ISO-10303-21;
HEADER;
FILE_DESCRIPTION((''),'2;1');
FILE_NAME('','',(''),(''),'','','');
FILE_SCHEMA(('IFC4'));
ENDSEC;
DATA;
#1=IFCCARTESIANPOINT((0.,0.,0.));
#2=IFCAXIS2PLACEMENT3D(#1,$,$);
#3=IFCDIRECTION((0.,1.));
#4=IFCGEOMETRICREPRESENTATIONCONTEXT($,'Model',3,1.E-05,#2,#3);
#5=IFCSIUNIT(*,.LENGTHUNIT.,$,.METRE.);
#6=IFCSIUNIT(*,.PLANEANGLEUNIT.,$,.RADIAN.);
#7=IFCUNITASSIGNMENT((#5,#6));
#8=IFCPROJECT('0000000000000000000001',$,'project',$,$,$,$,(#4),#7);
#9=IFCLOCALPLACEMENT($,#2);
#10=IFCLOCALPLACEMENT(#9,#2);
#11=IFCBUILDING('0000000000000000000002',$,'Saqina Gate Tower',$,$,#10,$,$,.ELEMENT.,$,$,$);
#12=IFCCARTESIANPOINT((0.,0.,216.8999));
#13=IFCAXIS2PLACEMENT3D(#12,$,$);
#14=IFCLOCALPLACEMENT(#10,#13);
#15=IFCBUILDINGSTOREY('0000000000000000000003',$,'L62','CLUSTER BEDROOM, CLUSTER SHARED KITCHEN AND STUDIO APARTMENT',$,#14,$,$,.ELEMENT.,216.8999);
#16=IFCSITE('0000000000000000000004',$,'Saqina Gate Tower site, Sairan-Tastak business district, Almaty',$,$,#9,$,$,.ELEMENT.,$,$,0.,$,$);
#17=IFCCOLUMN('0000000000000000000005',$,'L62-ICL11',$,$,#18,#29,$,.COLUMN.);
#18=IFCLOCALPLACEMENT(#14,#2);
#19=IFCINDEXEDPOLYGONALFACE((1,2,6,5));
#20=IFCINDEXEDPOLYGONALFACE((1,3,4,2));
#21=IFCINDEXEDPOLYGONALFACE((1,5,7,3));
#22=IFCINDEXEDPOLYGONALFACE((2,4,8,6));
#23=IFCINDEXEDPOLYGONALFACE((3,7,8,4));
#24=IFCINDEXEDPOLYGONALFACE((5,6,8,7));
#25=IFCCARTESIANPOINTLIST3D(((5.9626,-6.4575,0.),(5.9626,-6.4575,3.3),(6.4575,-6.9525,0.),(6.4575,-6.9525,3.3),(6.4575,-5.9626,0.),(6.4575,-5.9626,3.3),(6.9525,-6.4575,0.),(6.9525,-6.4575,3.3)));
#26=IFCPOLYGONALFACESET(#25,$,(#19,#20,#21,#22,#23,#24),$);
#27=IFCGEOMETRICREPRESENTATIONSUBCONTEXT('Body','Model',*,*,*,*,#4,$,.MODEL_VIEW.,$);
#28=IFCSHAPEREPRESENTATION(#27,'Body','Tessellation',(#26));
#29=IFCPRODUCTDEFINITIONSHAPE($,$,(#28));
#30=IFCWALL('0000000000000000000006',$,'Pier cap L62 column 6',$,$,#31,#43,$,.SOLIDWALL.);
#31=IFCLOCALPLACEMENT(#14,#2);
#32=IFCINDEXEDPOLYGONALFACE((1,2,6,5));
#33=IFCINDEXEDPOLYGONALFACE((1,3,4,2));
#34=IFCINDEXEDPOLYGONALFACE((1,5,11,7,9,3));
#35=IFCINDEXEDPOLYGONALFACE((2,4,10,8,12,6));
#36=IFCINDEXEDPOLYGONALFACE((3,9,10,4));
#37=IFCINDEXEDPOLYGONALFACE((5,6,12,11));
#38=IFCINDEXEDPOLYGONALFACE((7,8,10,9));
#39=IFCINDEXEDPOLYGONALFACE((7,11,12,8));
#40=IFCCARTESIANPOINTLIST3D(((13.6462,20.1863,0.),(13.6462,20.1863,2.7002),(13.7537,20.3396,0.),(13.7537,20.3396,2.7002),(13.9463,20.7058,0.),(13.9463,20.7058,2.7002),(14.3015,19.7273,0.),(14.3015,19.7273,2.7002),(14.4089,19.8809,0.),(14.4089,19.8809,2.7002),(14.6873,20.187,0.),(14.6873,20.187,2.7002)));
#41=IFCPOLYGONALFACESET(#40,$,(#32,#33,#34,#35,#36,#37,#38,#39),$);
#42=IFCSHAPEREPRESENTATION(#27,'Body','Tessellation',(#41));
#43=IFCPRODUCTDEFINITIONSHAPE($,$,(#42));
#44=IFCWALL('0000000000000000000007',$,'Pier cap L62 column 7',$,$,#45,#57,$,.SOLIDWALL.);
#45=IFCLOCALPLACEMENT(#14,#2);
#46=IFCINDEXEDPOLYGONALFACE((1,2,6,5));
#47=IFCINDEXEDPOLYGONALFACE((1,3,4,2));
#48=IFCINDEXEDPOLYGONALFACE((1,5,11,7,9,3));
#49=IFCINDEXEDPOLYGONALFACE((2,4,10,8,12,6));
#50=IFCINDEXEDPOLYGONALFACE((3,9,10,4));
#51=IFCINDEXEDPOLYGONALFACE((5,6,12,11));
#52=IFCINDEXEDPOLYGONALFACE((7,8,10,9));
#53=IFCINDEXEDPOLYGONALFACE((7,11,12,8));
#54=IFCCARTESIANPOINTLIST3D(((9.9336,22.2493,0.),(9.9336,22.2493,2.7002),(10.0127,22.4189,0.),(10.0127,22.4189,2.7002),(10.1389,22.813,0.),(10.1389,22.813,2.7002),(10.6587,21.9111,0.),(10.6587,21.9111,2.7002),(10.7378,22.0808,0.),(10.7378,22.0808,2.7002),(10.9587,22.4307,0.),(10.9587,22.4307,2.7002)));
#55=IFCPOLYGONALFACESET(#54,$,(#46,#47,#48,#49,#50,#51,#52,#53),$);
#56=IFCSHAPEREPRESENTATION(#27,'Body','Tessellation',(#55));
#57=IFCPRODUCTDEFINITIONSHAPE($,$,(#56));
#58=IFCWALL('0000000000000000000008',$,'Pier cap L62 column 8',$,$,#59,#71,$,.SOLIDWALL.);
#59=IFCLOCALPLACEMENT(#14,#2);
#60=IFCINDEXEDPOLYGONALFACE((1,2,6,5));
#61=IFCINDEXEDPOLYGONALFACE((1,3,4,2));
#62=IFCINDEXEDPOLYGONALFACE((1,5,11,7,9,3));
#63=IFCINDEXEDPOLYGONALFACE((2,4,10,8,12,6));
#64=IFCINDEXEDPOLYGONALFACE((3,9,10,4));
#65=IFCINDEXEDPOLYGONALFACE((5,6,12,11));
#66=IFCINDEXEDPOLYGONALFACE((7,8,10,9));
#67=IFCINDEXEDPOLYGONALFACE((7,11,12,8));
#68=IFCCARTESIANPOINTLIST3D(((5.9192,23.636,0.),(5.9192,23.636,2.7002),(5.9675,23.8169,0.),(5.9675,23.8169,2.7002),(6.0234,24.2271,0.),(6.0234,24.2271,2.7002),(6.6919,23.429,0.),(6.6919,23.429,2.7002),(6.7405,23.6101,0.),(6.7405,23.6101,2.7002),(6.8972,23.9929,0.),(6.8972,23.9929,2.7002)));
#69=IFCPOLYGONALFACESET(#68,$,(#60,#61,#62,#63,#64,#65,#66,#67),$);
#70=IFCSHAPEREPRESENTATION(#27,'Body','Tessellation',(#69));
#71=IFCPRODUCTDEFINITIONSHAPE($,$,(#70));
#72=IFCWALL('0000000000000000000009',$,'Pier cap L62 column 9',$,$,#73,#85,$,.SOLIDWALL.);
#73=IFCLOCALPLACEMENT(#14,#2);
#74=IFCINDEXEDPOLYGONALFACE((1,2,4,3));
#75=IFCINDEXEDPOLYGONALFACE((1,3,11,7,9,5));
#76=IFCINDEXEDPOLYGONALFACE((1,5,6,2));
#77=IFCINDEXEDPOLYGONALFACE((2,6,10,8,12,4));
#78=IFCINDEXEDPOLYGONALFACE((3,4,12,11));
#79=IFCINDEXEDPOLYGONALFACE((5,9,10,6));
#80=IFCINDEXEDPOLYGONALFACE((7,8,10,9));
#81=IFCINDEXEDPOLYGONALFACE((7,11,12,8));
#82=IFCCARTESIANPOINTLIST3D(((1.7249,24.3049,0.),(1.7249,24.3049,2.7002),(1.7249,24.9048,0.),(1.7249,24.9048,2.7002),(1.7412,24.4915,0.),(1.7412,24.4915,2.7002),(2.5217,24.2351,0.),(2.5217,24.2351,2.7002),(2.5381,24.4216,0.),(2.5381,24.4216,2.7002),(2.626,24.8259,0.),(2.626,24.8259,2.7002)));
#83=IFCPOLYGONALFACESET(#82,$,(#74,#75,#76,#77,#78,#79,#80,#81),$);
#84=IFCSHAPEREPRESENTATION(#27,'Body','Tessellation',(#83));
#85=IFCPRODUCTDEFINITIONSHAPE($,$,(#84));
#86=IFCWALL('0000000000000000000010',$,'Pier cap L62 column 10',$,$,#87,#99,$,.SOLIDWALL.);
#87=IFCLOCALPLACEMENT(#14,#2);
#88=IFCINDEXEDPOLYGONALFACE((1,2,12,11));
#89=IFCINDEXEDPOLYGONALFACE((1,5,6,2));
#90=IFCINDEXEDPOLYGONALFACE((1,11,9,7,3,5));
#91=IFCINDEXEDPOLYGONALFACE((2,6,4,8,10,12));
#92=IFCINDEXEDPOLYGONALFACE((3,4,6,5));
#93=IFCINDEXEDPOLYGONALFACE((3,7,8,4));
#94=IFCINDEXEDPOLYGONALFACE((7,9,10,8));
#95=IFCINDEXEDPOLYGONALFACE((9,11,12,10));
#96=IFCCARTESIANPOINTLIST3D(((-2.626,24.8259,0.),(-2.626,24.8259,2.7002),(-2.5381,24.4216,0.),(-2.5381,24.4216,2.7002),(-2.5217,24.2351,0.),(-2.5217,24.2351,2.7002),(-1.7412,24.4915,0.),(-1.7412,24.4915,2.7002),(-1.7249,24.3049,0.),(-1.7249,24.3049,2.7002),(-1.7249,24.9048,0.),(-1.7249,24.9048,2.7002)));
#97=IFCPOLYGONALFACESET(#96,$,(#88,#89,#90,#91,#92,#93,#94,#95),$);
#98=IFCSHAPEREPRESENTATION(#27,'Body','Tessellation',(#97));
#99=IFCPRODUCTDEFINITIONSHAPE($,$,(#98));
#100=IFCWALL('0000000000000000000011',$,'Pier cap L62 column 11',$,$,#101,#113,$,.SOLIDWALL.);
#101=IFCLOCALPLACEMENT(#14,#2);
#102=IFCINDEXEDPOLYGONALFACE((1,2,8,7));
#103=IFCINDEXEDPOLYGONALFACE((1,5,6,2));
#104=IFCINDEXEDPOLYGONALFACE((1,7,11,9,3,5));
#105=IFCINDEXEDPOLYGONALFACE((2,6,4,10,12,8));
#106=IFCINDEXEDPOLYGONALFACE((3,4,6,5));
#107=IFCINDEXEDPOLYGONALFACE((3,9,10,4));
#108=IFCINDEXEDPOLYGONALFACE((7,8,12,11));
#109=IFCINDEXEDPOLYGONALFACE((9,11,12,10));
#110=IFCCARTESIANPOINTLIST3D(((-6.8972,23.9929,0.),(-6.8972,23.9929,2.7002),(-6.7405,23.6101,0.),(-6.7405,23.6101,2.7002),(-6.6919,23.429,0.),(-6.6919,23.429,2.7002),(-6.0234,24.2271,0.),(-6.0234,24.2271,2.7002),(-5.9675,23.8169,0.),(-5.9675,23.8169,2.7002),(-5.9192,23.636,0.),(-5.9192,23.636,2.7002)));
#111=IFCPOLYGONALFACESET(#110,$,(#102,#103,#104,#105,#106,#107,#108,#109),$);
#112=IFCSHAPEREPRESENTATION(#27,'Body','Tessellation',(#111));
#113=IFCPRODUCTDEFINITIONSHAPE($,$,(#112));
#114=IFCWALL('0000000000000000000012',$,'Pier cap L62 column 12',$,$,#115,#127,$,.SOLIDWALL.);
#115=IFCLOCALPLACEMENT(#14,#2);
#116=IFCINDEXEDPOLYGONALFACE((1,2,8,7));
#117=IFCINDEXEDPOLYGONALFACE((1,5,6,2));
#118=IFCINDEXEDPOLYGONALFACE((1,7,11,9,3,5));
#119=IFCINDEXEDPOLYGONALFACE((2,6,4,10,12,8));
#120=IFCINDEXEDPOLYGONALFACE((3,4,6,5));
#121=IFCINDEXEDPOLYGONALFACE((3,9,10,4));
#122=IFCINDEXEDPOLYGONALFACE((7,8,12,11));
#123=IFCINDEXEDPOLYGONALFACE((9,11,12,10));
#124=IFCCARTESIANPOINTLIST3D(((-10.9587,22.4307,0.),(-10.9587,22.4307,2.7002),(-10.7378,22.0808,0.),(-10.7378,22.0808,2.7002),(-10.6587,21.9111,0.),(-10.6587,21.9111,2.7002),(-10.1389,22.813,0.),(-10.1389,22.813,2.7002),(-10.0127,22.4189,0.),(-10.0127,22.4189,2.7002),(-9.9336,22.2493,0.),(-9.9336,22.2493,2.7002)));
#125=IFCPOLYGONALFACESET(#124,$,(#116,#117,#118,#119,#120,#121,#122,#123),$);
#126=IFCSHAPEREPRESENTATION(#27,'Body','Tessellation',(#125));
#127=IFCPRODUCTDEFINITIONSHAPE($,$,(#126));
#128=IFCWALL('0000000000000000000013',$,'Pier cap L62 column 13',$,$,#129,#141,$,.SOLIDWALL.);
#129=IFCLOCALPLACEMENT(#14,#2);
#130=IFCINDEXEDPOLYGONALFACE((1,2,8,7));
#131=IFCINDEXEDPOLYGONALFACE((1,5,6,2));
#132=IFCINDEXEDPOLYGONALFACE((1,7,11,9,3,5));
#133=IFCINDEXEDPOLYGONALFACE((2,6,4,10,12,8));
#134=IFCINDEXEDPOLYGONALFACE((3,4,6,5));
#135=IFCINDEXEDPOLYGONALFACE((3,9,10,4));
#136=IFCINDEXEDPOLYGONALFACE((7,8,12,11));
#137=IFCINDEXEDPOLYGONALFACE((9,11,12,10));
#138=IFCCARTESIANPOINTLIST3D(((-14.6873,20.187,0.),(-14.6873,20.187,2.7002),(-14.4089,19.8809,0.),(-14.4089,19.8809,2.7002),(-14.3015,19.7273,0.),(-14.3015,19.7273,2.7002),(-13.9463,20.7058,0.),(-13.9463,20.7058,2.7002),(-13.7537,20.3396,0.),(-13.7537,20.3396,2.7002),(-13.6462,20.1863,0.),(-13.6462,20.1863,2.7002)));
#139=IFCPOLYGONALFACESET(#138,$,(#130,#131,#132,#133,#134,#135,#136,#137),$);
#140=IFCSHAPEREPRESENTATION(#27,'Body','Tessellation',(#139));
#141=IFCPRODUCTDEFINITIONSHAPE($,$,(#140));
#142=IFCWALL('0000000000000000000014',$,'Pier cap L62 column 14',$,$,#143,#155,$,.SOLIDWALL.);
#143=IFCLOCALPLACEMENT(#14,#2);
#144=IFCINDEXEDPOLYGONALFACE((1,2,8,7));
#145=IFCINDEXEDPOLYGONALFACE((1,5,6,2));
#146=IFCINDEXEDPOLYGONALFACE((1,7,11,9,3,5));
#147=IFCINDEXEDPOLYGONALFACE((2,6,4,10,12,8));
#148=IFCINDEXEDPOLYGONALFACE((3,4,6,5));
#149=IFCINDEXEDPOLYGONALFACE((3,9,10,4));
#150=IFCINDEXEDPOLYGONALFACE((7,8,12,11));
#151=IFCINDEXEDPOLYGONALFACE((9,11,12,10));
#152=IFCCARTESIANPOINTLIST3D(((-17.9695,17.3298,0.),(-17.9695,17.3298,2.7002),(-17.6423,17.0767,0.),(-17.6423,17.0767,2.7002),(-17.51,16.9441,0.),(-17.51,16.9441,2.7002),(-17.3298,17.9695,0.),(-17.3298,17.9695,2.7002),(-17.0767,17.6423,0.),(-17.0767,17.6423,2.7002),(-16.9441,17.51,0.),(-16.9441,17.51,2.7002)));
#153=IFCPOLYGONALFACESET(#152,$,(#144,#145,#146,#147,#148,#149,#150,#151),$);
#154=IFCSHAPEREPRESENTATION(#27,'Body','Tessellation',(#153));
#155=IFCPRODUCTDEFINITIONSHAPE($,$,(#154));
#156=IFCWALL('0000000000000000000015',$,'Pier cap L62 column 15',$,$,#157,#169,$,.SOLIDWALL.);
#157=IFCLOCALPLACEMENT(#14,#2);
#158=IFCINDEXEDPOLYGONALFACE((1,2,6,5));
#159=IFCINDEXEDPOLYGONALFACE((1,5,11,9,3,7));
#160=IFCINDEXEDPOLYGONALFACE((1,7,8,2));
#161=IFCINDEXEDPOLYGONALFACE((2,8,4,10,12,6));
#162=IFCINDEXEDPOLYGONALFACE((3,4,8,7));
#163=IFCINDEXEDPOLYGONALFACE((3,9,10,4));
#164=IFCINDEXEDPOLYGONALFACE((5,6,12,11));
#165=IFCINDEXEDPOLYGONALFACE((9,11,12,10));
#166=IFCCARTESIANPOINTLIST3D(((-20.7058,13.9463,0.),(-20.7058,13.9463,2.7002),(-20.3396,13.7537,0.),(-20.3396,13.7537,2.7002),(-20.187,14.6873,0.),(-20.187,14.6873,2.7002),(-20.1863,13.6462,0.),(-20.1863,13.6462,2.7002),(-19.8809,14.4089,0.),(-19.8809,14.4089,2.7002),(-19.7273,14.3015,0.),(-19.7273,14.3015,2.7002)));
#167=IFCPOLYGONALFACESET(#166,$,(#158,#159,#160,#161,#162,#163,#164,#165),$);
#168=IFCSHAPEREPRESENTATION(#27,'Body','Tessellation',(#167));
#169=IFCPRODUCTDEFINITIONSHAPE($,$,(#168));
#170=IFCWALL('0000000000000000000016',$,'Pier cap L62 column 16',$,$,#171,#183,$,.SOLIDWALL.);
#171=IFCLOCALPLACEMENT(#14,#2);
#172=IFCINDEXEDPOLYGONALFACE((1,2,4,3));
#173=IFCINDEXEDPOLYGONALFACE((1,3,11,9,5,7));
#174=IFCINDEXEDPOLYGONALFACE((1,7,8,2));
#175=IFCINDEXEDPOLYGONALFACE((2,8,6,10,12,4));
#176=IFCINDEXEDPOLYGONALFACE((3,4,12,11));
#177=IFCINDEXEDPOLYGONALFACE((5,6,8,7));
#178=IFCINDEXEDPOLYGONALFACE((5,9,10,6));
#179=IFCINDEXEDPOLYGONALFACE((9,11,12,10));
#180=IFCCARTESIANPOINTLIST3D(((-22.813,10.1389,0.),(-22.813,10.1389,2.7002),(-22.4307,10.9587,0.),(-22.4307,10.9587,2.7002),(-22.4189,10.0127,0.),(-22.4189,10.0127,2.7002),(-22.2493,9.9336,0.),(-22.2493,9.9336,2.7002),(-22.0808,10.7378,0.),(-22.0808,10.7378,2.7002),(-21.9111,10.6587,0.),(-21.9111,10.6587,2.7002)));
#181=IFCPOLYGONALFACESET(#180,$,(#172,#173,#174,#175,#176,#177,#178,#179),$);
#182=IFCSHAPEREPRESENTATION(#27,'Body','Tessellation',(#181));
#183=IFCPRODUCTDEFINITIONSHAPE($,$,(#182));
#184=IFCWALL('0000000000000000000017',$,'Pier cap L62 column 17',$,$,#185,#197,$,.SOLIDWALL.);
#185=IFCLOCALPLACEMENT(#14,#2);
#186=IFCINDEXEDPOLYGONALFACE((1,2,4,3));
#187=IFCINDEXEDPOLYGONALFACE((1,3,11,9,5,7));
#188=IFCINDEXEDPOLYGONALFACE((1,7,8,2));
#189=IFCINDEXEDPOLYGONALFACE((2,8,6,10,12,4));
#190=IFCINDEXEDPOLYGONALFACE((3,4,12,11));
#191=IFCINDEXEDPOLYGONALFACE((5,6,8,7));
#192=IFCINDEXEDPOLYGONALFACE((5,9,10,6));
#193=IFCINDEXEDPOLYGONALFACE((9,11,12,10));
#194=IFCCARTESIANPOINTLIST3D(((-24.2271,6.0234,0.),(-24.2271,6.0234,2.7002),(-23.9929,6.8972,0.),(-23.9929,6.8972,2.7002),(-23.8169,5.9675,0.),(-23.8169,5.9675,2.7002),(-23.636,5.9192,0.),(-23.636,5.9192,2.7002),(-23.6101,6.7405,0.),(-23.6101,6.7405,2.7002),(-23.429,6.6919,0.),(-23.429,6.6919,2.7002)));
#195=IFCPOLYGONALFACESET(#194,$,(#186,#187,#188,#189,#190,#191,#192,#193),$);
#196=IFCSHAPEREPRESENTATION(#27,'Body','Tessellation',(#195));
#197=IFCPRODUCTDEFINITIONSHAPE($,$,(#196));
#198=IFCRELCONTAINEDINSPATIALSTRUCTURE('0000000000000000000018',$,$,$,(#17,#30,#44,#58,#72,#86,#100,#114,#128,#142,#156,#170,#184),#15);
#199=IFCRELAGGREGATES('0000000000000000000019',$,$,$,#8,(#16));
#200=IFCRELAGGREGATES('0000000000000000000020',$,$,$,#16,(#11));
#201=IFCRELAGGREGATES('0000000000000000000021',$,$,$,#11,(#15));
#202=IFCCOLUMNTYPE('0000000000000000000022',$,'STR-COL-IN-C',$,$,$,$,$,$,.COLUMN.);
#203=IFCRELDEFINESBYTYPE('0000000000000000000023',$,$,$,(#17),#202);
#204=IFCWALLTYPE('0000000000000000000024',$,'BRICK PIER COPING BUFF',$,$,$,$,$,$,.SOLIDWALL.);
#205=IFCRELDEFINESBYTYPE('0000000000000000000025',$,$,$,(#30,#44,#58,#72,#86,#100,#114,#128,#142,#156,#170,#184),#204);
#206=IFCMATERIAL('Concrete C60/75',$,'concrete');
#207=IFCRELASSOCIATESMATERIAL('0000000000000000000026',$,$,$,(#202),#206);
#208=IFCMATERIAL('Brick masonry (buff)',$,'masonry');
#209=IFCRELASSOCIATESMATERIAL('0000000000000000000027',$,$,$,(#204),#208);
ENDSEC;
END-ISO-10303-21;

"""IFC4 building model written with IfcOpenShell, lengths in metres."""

from ifc_helpers import new_model, si_unit, direction, frame, origin, origin_2d, place, context, subcontext, project, spatial, polyline, rectangle, outline, extrude, material, material_profile, profile_set, type_object, element, save


model = new_model("IFC4")

# Units and contexts
model_context = context("Model", 3, precision=1e-05, world=origin(), true_north=direction((0.0, 1.0)))
body_context = subcontext(model_context, "Body", "Model", "MODEL_VIEW")
ifc_project = project(units=[si_unit("LENGTHUNIT", "METRE"), si_unit("PLANEANGLEUNIT", "RADIAN")], contexts=[model_context])

# Site, building, storey
site_placement = place(None, origin())
site = spatial("IfcSite", under=ifc_project, at=site_placement, Name="Saqina Gate Tower site, Sairan-Tastak business district, Almaty", CompositionType="ELEMENT", RefElevation=0.0)
building_placement = place(site_placement, origin())
building = spatial("IfcBuilding", under=site, at=building_placement, Name="Saqina Gate Tower", CompositionType="ELEMENT")
storey_placement = place(building_placement, frame((0.0, 0.0, 216.8999)))
storey = spatial("IfcBuildingStorey", under=building, at=storey_placement, Name="L62", Description="CLUSTER BEDROOM, CLUSTER SHARED KITCHEN AND STUDIO APARTMENT", CompositionType="ELEMENT", Elevation=216.8999)

# Column
ifc_material_1 = material(Name="Concrete C60/75", Category="concrete")
ifc_material_profile = material_profile(ifc_material_1, rectangle(XDim=0.7, YDim=0.7, at=origin_2d()), Name="RC 700x700")
ifc_profile_set = profile_set([ifc_material_profile], Name="Concrete C60/75")
column_type = type_object("IfcColumnType", Name="STR-COL-IN-C", PredefinedType="COLUMN", material=ifc_profile_set)
column_placement = place(storey_placement, frame((6.4575, -6.4575, 0.0), z_axis=(0.0, 0.0, 1.0), x_axis=(0.707107, -0.707107, 0.0)))
element("IfcColumn", 1, at=column_placement, inside=storey, type_object=column_type, Name="L62-ICL11", PredefinedType="COLUMN", context=body_context, shape_type="SweptSolid", body=[
    extrude(rectangle(XDim=0.7, YDim=0.7, at=origin_2d()), origin(), (0.0, 0.0, 1.0), 3.3),
])

# Walls
ifc_material_2 = material(Name="Brick masonry (buff)", Category="masonry")
wall_type_1 = type_object("IfcWallType", Name="BRICK PIER COPING BUFF", PredefinedType="SOLIDWALL", material=ifc_material_2)
wall_1_placement = place(storey_placement, origin())
element("IfcWall", 2, at=wall_1_placement, inside=storey, type_object=wall_type_1, Name="Pier cap L62 column 6", PredefinedType="SOLIDWALL", context=body_context, shape_type="SweptSolid", body=[
    extrude(outline(polyline([(14.6873, 20.187), (13.9463, 20.7058), (13.6462, 20.1863), (13.7537, 20.3396), (14.4089, 19.8809), (14.3015, 19.7273), (14.6873, 20.187)])), origin(), (0.0, 0.0, 1.0), 2.7002),
])
wall_2_placement = place(storey_placement, origin())
element("IfcWall", 3, at=wall_2_placement, inside=storey, type_object=wall_type_1, Name="Pier cap L62 column 7", PredefinedType="SOLIDWALL", context=body_context, shape_type="SweptSolid", body=[
    extrude(outline(polyline([(10.1389, 22.813), (9.9336, 22.2493), (10.0127, 22.4189), (10.7378, 22.0808), (10.6587, 21.9111), (10.9587, 22.4307), (10.1389, 22.813)])), origin(), (0.0, 0.0, 1.0), 2.7002),
])
wall_3_placement = place(storey_placement, origin())
element("IfcWall", 4, at=wall_3_placement, inside=storey, type_object=wall_type_1, Name="Pier cap L62 column 8", PredefinedType="SOLIDWALL", context=body_context, shape_type="SweptSolid", body=[
    extrude(outline(polyline([(6.0234, 24.2271), (5.9192, 23.636), (5.9675, 23.8169), (6.7405, 23.6101), (6.6919, 23.429), (6.8972, 23.9929), (6.0234, 24.2271)])), origin(), (0.0, 0.0, 1.0), 2.7002),
])
wall_4_placement = place(storey_placement, origin())
element("IfcWall", 5, at=wall_4_placement, inside=storey, type_object=wall_type_1, Name="Pier cap L62 column 9", PredefinedType="SOLIDWALL", context=body_context, shape_type="SweptSolid", body=[
    extrude(outline(polyline([(2.626, 24.8259), (1.7249, 24.9048), (1.7249, 24.3049), (1.7412, 24.4915), (2.5381, 24.4216), (2.5217, 24.2351), (2.626, 24.8259)])), origin(), (0.0, 0.0, 1.0), 2.7002),
])
wall_5_placement = place(storey_placement, origin())
element("IfcWall", 6, at=wall_5_placement, inside=storey, type_object=wall_type_1, Name="Pier cap L62 column 10", PredefinedType="SOLIDWALL", context=body_context, shape_type="SweptSolid", body=[
    extrude(outline(polyline([(-1.7249, 24.9048), (-2.626, 24.8259), (-2.5217, 24.2351), (-2.5381, 24.4216), (-1.7412, 24.4915), (-1.7249, 24.3049), (-1.7249, 24.9048)])), origin(), (0.0, 0.0, 1.0), 2.7002),
])
wall_6_placement = place(storey_placement, origin())
element("IfcWall", 7, at=wall_6_placement, inside=storey, type_object=wall_type_1, Name="Pier cap L62 column 11", PredefinedType="SOLIDWALL", context=body_context, shape_type="SweptSolid", body=[
    extrude(outline(polyline([(-6.0234, 24.2271), (-6.8972, 23.9929), (-6.6919, 23.429), (-6.7405, 23.6101), (-5.9675, 23.8169), (-5.9192, 23.636), (-6.0234, 24.2271)])), origin(), (0.0, 0.0, 1.0), 2.7002),
])
wall_7_placement = place(storey_placement, origin())
element("IfcWall", 8, at=wall_7_placement, inside=storey, type_object=wall_type_1, Name="Pier cap L62 column 12", PredefinedType="SOLIDWALL", context=body_context, shape_type="SweptSolid", body=[
    extrude(outline(polyline([(-10.9587, 22.4307), (-10.6587, 21.9111), (-10.7378, 22.0808), (-10.0127, 22.4189), (-9.9336, 22.2493), (-10.1389, 22.813), (-10.9587, 22.4307)])), origin(), (0.0, 0.0, 1.0), 2.7002),
])
wall_8_placement = place(storey_placement, origin())
element("IfcWall", 9, at=wall_8_placement, inside=storey, type_object=wall_type_1, Name="Pier cap L62 column 13", PredefinedType="SOLIDWALL", context=body_context, shape_type="SweptSolid", body=[
    extrude(outline(polyline([(-13.9463, 20.7058), (-14.6873, 20.187), (-14.3015, 19.7273), (-14.4089, 19.8809), (-13.7537, 20.3396), (-13.6462, 20.1863), (-13.9463, 20.7058)])), origin(), (0.0, 0.0, 1.0), 2.7002),
])
wall_9_placement = place(storey_placement, origin())
element("IfcWall", 10, at=wall_9_placement, inside=storey, type_object=wall_type_1, Name="Pier cap L62 column 14", PredefinedType="SOLIDWALL", context=body_context, shape_type="SweptSolid", body=[
    extrude(outline(polyline([(-17.9695, 17.3298), (-17.51, 16.9441), (-17.6423, 17.0767), (-17.0767, 17.6423), (-16.9441, 17.51), (-17.3298, 17.9695), (-17.9695, 17.3298)])), origin(), (0.0, 0.0, 1.0), 2.7002),
])
wall_10_placement = place(storey_placement, origin())
element("IfcWall", 11, at=wall_10_placement, inside=storey, type_object=wall_type_1, Name="Pier cap L62 column 15", PredefinedType="SOLIDWALL", context=body_context, shape_type="SweptSolid", body=[
    extrude(outline(polyline([(-20.187, 14.6873), (-20.7058, 13.9463), (-20.1863, 13.6462), (-20.3396, 13.7537), (-19.8809, 14.4089), (-19.7273, 14.3015), (-20.187, 14.6873)])), origin(), (0.0, 0.0, 1.0), 2.7002),
])
wall_11_placement = place(storey_placement, origin())
element("IfcWall", 12, at=wall_11_placement, inside=storey, type_object=wall_type_1, Name="Pier cap L62 column 16", PredefinedType="SOLIDWALL", context=body_context, shape_type="SweptSolid", body=[
    extrude(outline(polyline([(-22.813, 10.1389), (-22.2493, 9.9336), (-22.4189, 10.0127), (-22.0808, 10.7378), (-21.9111, 10.6587), (-22.4307, 10.9587), (-22.813, 10.1389)])), origin(), (0.0, 0.0, 1.0), 2.7002),
])
wall_12_placement = place(storey_placement, origin())
element("IfcWall", 13, at=wall_12_placement, inside=storey, type_object=wall_type_1, Name="Pier cap L62 column 17", PredefinedType="SOLIDWALL", context=body_context, shape_type="SweptSolid", body=[
    extrude(outline(polyline([(-24.2271, 6.0234), (-23.636, 5.9192), (-23.8169, 5.9675), (-23.6101, 6.7405), (-23.429, 6.6919), (-23.9929, 6.8972), (-24.2271, 6.0234)])), origin(), (0.0, 0.0, 1.0), 2.7002),
])

save(model, "model.ifc")
